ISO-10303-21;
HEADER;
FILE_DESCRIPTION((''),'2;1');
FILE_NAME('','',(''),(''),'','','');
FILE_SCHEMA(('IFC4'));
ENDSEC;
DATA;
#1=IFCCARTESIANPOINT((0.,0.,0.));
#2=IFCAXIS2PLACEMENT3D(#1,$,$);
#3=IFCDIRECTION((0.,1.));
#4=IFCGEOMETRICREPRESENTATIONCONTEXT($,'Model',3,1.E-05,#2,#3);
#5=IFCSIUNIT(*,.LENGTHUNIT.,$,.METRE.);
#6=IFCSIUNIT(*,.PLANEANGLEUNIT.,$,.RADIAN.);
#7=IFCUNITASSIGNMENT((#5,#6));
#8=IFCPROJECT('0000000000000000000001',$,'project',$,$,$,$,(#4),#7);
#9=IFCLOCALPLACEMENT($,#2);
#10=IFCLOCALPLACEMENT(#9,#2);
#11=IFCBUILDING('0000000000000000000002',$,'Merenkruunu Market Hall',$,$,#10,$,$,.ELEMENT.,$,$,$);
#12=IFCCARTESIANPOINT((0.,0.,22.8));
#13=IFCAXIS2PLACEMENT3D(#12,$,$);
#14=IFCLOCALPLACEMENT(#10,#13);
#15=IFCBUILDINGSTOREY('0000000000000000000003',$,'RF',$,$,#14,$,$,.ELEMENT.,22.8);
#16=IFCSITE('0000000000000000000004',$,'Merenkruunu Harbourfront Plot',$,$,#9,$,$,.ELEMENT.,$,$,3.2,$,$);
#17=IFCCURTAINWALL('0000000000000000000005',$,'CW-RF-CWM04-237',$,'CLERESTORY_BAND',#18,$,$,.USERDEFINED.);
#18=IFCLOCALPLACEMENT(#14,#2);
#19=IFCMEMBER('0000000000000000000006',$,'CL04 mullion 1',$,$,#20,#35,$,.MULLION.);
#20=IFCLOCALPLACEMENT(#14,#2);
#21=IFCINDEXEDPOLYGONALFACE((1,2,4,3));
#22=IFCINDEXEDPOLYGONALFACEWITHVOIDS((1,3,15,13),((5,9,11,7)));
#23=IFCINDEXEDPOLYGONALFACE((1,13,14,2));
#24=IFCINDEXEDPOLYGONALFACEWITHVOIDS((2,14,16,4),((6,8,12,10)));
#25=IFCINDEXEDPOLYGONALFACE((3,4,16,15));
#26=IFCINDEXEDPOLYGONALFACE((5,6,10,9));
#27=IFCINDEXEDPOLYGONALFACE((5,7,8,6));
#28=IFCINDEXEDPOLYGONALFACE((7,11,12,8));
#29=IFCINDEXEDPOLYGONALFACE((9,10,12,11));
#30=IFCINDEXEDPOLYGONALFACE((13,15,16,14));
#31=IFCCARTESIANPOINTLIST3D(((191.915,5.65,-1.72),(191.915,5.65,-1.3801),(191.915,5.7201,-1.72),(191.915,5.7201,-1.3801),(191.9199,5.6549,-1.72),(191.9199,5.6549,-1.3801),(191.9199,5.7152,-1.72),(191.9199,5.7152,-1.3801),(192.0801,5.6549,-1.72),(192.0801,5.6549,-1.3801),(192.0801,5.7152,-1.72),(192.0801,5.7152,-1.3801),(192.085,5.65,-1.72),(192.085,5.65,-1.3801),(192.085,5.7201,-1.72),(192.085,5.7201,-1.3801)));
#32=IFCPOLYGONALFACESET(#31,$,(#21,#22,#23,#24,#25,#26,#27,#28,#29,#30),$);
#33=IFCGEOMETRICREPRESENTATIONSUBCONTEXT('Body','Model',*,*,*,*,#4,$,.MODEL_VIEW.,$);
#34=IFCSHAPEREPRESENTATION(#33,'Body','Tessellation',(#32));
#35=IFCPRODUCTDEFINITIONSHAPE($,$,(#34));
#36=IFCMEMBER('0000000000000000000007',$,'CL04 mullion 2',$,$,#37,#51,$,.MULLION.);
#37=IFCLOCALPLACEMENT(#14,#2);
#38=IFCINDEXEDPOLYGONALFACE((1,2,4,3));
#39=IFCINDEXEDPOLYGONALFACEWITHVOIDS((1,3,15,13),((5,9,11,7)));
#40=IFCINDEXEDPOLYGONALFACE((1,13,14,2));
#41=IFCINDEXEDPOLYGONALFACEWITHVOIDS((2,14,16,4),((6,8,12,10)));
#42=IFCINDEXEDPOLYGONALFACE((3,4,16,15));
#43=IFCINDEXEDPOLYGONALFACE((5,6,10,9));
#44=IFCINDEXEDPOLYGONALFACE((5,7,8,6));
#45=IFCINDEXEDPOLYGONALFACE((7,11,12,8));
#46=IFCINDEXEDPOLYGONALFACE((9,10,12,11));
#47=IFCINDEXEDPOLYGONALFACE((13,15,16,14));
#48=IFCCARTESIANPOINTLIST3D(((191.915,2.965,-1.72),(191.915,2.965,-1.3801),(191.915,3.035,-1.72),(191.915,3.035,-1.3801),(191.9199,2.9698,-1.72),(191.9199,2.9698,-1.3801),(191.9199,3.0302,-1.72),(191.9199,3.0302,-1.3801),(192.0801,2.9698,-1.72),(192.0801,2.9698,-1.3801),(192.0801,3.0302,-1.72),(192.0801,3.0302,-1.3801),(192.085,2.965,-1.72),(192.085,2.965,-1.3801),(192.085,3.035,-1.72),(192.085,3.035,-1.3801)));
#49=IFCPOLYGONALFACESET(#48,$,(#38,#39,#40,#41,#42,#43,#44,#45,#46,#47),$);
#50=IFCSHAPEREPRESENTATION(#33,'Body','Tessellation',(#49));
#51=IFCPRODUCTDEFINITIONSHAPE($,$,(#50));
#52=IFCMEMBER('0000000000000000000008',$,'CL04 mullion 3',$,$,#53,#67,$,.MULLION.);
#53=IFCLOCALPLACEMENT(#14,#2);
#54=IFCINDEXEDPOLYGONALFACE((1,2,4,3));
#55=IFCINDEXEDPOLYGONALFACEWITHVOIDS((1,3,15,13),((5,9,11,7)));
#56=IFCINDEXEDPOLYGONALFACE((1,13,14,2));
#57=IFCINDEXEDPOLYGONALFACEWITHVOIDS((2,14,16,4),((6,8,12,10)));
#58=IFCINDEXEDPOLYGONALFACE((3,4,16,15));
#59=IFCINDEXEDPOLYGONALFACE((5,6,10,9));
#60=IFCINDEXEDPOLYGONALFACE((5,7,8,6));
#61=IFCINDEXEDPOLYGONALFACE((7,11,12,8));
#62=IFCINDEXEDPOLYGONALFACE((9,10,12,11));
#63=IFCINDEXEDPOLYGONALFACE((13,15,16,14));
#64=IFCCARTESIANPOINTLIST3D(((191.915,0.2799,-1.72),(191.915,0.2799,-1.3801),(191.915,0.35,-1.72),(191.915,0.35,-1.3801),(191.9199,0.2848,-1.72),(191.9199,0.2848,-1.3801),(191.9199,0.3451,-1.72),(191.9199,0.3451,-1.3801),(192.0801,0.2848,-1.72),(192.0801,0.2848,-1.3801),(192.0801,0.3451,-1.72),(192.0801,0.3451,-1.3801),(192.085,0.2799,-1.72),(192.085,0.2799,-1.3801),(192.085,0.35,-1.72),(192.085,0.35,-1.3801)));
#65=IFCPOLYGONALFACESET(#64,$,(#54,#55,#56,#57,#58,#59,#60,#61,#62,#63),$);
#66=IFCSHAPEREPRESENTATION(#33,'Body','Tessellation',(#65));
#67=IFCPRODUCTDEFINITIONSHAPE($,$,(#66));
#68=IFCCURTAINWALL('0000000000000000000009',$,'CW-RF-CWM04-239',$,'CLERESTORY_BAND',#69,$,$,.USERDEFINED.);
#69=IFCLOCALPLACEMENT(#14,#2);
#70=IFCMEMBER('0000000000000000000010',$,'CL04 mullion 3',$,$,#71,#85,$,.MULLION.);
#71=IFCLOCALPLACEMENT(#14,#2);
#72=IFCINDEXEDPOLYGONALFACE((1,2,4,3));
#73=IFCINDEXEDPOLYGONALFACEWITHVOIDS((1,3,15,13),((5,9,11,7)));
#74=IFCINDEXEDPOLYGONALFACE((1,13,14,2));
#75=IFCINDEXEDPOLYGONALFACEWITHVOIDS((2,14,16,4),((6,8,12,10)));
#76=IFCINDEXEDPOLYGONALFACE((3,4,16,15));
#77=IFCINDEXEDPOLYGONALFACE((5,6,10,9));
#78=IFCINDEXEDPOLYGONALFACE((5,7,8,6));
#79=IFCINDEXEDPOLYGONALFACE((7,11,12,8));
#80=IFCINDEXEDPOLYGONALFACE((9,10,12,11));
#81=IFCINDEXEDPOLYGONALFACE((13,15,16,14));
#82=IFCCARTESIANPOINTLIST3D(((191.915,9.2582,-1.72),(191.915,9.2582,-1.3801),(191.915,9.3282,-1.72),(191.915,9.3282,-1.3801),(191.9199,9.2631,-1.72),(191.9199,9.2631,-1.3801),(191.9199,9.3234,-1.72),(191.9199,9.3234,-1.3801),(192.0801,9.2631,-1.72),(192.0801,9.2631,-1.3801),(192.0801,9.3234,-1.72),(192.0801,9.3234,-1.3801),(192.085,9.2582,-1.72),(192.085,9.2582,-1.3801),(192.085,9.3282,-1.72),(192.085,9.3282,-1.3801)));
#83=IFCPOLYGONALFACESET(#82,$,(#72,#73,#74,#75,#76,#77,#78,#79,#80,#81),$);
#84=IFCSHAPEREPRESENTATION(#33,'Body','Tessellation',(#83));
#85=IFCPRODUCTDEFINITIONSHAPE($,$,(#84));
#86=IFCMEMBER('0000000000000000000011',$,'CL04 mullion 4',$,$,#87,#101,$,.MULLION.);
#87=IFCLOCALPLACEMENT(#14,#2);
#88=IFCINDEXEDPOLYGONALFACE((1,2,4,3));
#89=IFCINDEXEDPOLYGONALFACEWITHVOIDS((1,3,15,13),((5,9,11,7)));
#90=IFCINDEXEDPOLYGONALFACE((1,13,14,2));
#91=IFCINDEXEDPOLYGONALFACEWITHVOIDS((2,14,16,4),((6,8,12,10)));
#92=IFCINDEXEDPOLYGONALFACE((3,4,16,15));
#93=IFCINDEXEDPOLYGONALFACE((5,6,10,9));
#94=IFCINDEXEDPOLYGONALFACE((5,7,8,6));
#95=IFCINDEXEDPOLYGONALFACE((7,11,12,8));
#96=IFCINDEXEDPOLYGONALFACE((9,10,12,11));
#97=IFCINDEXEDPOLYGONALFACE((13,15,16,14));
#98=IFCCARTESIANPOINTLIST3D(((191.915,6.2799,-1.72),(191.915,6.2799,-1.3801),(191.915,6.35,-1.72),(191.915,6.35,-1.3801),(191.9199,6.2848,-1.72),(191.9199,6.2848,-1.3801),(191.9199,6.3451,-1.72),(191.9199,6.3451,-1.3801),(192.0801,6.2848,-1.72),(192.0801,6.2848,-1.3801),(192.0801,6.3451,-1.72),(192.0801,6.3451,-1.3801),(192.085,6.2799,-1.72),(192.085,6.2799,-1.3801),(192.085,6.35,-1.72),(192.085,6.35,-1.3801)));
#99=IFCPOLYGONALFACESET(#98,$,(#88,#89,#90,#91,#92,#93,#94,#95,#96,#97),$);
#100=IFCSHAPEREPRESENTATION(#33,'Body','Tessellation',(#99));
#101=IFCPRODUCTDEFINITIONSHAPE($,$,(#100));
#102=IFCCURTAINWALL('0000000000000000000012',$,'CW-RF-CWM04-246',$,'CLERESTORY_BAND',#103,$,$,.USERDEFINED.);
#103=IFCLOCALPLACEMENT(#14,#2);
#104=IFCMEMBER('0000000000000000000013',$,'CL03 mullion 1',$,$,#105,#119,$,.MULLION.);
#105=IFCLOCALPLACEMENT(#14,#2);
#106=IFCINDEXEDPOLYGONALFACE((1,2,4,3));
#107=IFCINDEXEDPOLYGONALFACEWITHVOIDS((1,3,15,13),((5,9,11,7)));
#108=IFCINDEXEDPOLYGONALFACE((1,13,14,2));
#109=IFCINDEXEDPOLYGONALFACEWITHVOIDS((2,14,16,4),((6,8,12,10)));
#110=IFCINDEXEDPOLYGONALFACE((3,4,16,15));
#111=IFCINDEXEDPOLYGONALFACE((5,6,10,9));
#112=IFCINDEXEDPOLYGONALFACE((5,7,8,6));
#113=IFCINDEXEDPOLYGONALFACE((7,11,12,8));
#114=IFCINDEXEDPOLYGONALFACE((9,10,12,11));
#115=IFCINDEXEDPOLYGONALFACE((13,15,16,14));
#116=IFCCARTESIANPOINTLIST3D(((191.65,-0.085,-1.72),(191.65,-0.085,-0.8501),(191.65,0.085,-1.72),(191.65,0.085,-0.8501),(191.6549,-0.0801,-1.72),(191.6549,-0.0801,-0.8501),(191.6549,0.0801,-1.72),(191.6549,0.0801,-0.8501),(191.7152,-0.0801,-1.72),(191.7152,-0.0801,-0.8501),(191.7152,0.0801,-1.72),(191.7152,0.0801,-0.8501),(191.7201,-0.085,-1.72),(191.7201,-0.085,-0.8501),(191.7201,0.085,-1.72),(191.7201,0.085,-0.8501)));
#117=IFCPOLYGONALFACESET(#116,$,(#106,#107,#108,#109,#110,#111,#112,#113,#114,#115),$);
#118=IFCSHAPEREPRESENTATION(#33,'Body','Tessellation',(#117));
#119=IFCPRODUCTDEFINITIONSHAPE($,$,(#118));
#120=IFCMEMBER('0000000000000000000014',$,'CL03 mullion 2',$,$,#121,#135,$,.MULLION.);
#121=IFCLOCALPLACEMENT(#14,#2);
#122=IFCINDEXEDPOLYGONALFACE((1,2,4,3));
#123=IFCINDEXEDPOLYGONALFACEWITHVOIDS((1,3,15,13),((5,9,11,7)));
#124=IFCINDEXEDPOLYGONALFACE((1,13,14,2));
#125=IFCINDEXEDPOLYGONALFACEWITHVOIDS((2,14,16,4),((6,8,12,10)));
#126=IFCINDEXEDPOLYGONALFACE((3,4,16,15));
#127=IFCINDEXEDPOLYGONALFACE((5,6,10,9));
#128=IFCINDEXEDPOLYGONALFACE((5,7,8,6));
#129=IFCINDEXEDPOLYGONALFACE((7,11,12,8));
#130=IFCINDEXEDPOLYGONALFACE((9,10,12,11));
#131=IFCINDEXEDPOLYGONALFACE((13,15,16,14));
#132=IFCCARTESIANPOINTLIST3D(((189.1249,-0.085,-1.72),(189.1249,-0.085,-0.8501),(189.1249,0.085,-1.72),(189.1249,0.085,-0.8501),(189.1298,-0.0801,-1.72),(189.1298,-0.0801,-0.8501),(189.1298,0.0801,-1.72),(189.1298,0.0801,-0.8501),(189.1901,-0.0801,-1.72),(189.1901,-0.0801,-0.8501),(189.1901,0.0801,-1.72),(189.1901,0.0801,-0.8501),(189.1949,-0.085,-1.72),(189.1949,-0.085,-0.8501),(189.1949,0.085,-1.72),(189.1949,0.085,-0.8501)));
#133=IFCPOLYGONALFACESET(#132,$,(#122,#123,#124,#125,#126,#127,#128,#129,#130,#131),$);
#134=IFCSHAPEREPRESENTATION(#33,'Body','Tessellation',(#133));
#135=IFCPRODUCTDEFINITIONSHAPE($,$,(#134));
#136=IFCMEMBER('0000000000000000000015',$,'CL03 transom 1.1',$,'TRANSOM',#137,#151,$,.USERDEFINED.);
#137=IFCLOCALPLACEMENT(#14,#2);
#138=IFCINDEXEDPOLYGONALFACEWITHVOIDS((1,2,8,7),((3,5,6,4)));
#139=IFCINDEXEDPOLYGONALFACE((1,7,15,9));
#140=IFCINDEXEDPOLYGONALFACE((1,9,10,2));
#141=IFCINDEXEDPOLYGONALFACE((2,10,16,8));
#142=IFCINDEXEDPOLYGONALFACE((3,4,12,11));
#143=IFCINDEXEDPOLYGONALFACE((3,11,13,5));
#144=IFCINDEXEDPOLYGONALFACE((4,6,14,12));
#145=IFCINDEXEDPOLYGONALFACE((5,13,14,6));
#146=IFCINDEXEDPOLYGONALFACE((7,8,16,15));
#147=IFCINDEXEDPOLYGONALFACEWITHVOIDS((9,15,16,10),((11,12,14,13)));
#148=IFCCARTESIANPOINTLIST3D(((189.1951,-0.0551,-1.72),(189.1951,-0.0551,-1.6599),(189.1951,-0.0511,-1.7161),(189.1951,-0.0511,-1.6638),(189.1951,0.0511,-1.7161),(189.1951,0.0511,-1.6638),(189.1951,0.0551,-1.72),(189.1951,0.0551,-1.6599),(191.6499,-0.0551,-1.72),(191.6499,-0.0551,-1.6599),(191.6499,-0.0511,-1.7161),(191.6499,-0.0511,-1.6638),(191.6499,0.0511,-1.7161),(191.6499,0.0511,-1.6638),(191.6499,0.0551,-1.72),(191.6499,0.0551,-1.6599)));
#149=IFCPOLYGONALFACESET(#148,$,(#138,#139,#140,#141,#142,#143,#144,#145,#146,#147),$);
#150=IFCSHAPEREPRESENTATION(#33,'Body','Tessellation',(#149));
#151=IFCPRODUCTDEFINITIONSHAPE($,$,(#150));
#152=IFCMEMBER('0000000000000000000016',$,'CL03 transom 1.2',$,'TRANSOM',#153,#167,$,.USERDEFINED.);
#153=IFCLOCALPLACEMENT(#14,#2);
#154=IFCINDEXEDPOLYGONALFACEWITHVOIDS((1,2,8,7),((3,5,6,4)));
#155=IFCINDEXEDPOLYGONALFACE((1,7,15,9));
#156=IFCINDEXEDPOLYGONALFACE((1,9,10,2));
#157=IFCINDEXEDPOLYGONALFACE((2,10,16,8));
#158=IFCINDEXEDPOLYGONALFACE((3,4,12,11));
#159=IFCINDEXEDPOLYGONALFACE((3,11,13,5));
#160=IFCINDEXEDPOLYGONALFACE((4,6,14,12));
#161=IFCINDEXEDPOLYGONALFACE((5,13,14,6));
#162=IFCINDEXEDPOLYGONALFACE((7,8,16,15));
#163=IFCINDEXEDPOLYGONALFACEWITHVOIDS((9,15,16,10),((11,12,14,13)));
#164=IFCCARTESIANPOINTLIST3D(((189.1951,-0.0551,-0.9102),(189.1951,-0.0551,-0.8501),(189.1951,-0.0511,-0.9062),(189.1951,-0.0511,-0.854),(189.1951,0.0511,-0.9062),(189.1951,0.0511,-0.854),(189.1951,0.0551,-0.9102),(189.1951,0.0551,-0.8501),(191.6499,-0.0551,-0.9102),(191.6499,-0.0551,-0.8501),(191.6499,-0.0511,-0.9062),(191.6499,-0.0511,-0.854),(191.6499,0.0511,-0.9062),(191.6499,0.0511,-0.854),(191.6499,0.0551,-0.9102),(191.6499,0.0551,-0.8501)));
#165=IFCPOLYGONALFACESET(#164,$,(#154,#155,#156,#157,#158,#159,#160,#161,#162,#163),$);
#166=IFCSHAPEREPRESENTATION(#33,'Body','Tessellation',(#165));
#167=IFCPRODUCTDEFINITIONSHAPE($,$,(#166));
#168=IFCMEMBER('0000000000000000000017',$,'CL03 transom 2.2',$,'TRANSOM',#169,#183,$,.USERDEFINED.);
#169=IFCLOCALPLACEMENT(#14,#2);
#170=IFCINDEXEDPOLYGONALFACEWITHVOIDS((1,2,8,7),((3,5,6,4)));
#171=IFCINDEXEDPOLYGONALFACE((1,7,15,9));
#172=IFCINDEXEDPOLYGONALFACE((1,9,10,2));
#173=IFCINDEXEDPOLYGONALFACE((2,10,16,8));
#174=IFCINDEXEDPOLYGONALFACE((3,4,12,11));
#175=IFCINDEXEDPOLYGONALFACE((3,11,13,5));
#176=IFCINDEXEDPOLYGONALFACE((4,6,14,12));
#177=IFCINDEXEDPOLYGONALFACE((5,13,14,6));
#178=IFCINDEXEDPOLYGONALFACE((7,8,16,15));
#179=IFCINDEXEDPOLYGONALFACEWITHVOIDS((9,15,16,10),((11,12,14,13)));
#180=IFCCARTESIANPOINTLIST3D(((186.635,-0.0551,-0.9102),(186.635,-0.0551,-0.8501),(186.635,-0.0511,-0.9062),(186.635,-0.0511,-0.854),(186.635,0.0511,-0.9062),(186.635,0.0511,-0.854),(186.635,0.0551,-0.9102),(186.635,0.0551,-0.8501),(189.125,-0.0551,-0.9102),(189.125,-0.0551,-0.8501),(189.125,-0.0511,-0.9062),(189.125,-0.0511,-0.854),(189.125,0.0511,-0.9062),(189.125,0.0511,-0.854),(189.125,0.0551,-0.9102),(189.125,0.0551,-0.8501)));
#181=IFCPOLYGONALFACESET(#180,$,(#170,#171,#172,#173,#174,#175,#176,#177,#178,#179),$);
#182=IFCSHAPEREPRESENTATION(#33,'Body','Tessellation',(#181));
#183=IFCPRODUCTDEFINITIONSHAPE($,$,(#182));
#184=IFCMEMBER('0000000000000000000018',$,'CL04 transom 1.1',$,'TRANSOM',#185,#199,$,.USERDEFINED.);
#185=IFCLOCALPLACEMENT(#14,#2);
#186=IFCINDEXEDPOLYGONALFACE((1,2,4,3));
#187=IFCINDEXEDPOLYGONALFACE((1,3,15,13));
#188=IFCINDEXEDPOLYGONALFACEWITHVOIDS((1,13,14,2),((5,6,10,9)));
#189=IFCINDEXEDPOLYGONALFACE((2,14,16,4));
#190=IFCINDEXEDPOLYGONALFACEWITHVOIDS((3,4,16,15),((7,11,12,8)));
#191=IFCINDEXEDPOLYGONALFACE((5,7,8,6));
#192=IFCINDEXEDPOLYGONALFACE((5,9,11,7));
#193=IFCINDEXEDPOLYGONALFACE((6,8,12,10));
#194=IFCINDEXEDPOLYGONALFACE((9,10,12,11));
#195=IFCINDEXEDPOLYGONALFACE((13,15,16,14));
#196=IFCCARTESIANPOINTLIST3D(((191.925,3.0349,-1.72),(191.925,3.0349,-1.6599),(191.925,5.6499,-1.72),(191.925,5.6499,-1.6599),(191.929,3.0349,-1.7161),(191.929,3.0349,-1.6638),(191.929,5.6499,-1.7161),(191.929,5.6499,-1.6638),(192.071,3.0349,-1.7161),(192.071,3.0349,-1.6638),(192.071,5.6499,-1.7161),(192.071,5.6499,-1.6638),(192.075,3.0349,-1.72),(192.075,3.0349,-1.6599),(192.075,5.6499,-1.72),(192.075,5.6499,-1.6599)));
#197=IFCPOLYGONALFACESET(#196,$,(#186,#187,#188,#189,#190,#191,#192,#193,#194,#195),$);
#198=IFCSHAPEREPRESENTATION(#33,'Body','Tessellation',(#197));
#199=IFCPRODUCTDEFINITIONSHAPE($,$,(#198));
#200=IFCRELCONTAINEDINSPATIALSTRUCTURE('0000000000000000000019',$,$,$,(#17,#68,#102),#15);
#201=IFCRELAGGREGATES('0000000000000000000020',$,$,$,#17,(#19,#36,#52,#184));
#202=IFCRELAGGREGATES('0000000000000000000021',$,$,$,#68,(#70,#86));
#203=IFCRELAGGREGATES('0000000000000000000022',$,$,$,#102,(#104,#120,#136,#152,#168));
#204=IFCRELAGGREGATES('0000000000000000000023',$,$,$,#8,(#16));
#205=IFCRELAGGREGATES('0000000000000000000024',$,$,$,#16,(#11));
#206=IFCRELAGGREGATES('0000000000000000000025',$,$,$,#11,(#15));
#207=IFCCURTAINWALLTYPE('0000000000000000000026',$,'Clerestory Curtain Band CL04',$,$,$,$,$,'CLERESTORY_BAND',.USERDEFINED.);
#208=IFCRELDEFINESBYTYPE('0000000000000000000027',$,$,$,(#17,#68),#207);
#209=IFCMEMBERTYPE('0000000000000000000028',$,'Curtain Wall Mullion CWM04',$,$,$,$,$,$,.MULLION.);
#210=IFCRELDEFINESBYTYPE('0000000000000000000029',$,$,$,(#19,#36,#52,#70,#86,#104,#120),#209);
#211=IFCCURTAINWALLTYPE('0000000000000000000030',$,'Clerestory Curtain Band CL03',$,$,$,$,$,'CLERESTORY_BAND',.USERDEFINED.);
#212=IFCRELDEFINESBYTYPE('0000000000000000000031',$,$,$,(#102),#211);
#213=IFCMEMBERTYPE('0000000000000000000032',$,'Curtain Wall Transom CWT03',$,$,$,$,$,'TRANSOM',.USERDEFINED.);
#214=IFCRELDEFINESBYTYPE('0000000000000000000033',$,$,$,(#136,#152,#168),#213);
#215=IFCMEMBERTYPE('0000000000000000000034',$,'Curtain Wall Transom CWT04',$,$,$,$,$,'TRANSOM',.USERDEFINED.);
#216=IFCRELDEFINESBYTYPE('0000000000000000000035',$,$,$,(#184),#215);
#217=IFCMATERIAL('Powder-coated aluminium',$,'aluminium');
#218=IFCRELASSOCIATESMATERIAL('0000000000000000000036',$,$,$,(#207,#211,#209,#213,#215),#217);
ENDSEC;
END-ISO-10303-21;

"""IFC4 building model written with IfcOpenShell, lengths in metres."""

from ifc_helpers import new_model, si_unit, direction, frame, origin, origin_2d, place, context, subcontext, project, spatial, hollow_rectangle, extrude, material, material_profile, profile_set, type_object, element, aggregate, save


model = new_model("IFC4")

# Units and contexts
model_context = context("Model", 3, precision=1e-05, world=origin(), true_north=direction((0.0, 1.0)))
body_context = subcontext(model_context, "Body", "Model", "MODEL_VIEW")
ifc_project = project(units=[si_unit("LENGTHUNIT", "METRE"), si_unit("PLANEANGLEUNIT", "RADIAN")], contexts=[model_context])

# Site, building, storey
site_placement = place(None, origin())
site = spatial("IfcSite", under=ifc_project, at=site_placement, Name="Merenkruunu Harbourfront Plot", CompositionType="ELEMENT", RefElevation=3.2)
building_placement = place(site_placement, origin())
building = spatial("IfcBuilding", under=site, at=building_placement, Name="Merenkruunu Market Hall", CompositionType="ELEMENT")
storey_placement = place(building_placement, frame((0.0, 0.0, 22.8)))
storey = spatial("IfcBuildingStorey", under=building, at=storey_placement, Name="RF", CompositionType="ELEMENT", Elevation=22.8)

# Curtain walls, members
ifc_material_1 = material(Name="Powder-coated aluminium", Category="aluminium")
curtain_wall_type_1 = type_object("IfcCurtainWallType", Name="Clerestory Curtain Band CL04", ElementType="CLERESTORY_BAND", PredefinedType="USERDEFINED", material=ifc_material_1)
curtain_wall_1_placement = place(storey_placement, origin())
curtain_wall_1 = element("IfcCurtainWall", 1, at=curtain_wall_1_placement, inside=storey, type_object=curtain_wall_type_1, Name="CW-RF-CWM04-237", ObjectType="CLERESTORY_BAND", PredefinedType="USERDEFINED")
ifc_material_profile_1 = material_profile(ifc_material_1, hollow_rectangle(XDim=0.0701, YDim=0.1699, WallThickness=0.0049, at=origin_2d()), Name="ALU 70x170x5")
ifc_profile_set_1 = profile_set([ifc_material_profile_1], Name="Powder-coated aluminium")
member_type_1 = type_object("IfcMemberType", Name="Curtain Wall Mullion CWM04", PredefinedType="MULLION", material=ifc_profile_set_1)
member_1_placement = place(storey_placement, frame((192.0, 5.6851, -1.72), z_axis=(0.0, 0.0, 1.0), x_axis=(0.0, -1.0, 0.0)))
member_1 = element("IfcMember", 2, at=member_1_placement, type_object=member_type_1, Name="CL04 mullion 1", PredefinedType="MULLION", context=body_context, shape_type="SweptSolid", body=[
    extrude(hollow_rectangle(XDim=0.0701, YDim=0.1699, WallThickness=0.0049, at=origin_2d()), origin(), (0.0, 0.0, 1.0), 0.3398),
])
member_2_placement = place(storey_placement, frame((192.0, 3.0, -1.72), z_axis=(0.0, 0.0, 1.0), x_axis=(0.0, -1.0, 0.0)))
member_2 = element("IfcMember", 3, at=member_2_placement, type_object=member_type_1, Name="CL04 mullion 2", PredefinedType="MULLION", context=body_context, shape_type="SweptSolid", body=[
    extrude(hollow_rectangle(XDim=0.0701, YDim=0.1699, WallThickness=0.0049, at=origin_2d()), origin(), (0.0, 0.0, 1.0), 0.3398),
])
member_3_placement = place(storey_placement, frame((192.0, 0.3149, -1.72), z_axis=(0.0, 0.0, 1.0), x_axis=(0.0, -1.0, 0.0)))
member_3 = element("IfcMember", 4, at=member_3_placement, type_object=member_type_1, Name="CL04 mullion 3", PredefinedType="MULLION", context=body_context, shape_type="SweptSolid", body=[
    extrude(hollow_rectangle(XDim=0.0701, YDim=0.1699, WallThickness=0.0049, at=origin_2d()), origin(), (0.0, 0.0, 1.0), 0.3398),
])
curtain_wall_2_placement = place(storey_placement, origin())
curtain_wall_2 = element("IfcCurtainWall", 5, at=curtain_wall_2_placement, inside=storey, type_object=curtain_wall_type_1, Name="CW-RF-CWM04-239", ObjectType="CLERESTORY_BAND", PredefinedType="USERDEFINED")
member_4_placement = place(storey_placement, frame((192.0, 9.2932, -1.72), z_axis=(0.0, 0.0, 1.0), x_axis=(0.0, -1.0, 0.0)))
member_4 = element("IfcMember", 6, at=member_4_placement, type_object=member_type_1, Name="CL04 mullion 3", PredefinedType="MULLION", context=body_context, shape_type="SweptSolid", body=[
    extrude(hollow_rectangle(XDim=0.0701, YDim=0.1699, WallThickness=0.0049, at=origin_2d()), origin(), (0.0, 0.0, 1.0), 0.3398),
])
member_5_placement = place(storey_placement, frame((192.0, 6.3149, -1.72), z_axis=(0.0, 0.0, 1.0), x_axis=(0.0, -1.0, 0.0)))
member_5 = element("IfcMember", 7, at=member_5_placement, type_object=member_type_1, Name="CL04 mullion 4", PredefinedType="MULLION", context=body_context, shape_type="SweptSolid", body=[
    extrude(hollow_rectangle(XDim=0.0701, YDim=0.1699, WallThickness=0.0049, at=origin_2d()), origin(), (0.0, 0.0, 1.0), 0.3398),
])
curtain_wall_type_2 = type_object("IfcCurtainWallType", Name="Clerestory Curtain Band CL03", ElementType="CLERESTORY_BAND", PredefinedType="USERDEFINED", material=ifc_material_1)
curtain_wall_3_placement = place(storey_placement, origin())
curtain_wall_3 = element("IfcCurtainWall", 8, at=curtain_wall_3_placement, inside=storey, type_object=curtain_wall_type_2, Name="CW-RF-CWM04-246", ObjectType="CLERESTORY_BAND", PredefinedType="USERDEFINED")
member_6_placement = place(storey_placement, frame((191.6851, 0.0, -1.72), z_axis=(0.0, 0.0, 1.0), x_axis=(-1.0, 0.0, 0.0)))
member_6 = element("IfcMember", 9, at=member_6_placement, type_object=member_type_1, Name="CL03 mullion 1", PredefinedType="MULLION", context=body_context, shape_type="SweptSolid", body=[
    extrude(hollow_rectangle(XDim=0.0701, YDim=0.1699, WallThickness=0.0049, at=origin_2d()), origin(), (0.0, 0.0, 1.0), 0.8699),
])
member_7_placement = place(storey_placement, frame((189.1599, 0.0, -1.72), z_axis=(0.0, 0.0, 1.0), x_axis=(-1.0, 0.0, 0.0)))
member_7 = element("IfcMember", 10, at=member_7_placement, type_object=member_type_1, Name="CL03 mullion 2", PredefinedType="MULLION", context=body_context, shape_type="SweptSolid", body=[
    extrude(hollow_rectangle(XDim=0.0701, YDim=0.1699, WallThickness=0.0049, at=origin_2d()), origin(), (0.0, 0.0, 1.0), 0.8699),
])
ifc_material_profile_2 = material_profile(ifc_material_1, hollow_rectangle(XDim=0.0601, YDim=0.1101, WallThickness=0.0039, at=origin_2d()), Name="ALU 60x110x4")
ifc_profile_set_2 = profile_set([ifc_material_profile_2], Name="Powder-coated aluminium")
member_type_2 = type_object("IfcMemberType", Name="Curtain Wall Transom CWT03", ElementType="TRANSOM", PredefinedType="USERDEFINED", material=ifc_profile_set_2)
member_8_placement = place(storey_placement, frame((191.6499, 0.0, -1.6899), z_axis=(-1.0, 0.0, 0.0), x_axis=(0.0, 0.0, 1.0)))
member_8 = element("IfcMember", 11, at=member_8_placement, type_object=member_type_2, Name="CL03 transom 1.1", ObjectType="TRANSOM", PredefinedType="USERDEFINED", context=body_context, shape_type="SweptSolid", body=[
    extrude(hollow_rectangle(XDim=0.0601, YDim=0.1101, WallThickness=0.0039, at=origin_2d()), origin(), (0.0, 0.0, 1.0), 2.4548),
])
member_9_placement = place(storey_placement, frame((191.6499, 0.0, -0.8801), z_axis=(-1.0, 0.0, 0.0), x_axis=(0.0, 0.0, 1.0)))
member_9 = element("IfcMember", 12, at=member_9_placement, type_object=member_type_2, Name="CL03 transom 1.2", ObjectType="TRANSOM", PredefinedType="USERDEFINED", context=body_context, shape_type="SweptSolid", body=[
    extrude(hollow_rectangle(XDim=0.0601, YDim=0.1101, WallThickness=0.0039, at=origin_2d()), origin(), (0.0, 0.0, 1.0), 2.4548),
])
member_10_placement = place(storey_placement, frame((189.125, 0.0, -0.8801), z_axis=(-1.0, 0.0, 0.0), x_axis=(0.0, 0.0, 1.0)))
member_10 = element("IfcMember", 13, at=member_10_placement, type_object=member_type_2, Name="CL03 transom 2.2", ObjectType="TRANSOM", PredefinedType="USERDEFINED", context=body_context, shape_type="SweptSolid", body=[
    extrude(hollow_rectangle(XDim=0.0601, YDim=0.1101, WallThickness=0.0039, at=origin_2d()), origin(), (0.0, 0.0, 1.0), 2.49),
])

# Member
ifc_material_profile_3 = material_profile(ifc_material_1, hollow_rectangle(XDim=0.0601, YDim=0.1499, WallThickness=0.0039, at=origin_2d()), Name="ALU 60x150x4")
ifc_profile_set_3 = profile_set([ifc_material_profile_3], Name="Powder-coated aluminium")
member_type_3 = type_object("IfcMemberType", Name="Curtain Wall Transom CWT04", ElementType="TRANSOM", PredefinedType="USERDEFINED", material=ifc_profile_set_3)
member_11_placement = place(storey_placement, frame((192.0, 5.6499, -1.6899), z_axis=(0.0, -1.0, 0.0), x_axis=(0.0, 0.0, 1.0)))
member_11 = element("IfcMember", 14, at=member_11_placement, type_object=member_type_3, Name="CL04 transom 1.1", ObjectType="TRANSOM", PredefinedType="USERDEFINED", context=body_context, shape_type="SweptSolid", body=[
    extrude(hollow_rectangle(XDim=0.0601, YDim=0.1499, WallThickness=0.0039, at=origin_2d()), origin(), (0.0, 0.0, 1.0), 2.615),
])

aggregate(curtain_wall_1, [member_1, member_2, member_3, member_11])
aggregate(curtain_wall_2, [member_4, member_5])
aggregate(curtain_wall_3, [member_6, member_7, member_8, member_9, member_10])

save(model, "model.ifc")
